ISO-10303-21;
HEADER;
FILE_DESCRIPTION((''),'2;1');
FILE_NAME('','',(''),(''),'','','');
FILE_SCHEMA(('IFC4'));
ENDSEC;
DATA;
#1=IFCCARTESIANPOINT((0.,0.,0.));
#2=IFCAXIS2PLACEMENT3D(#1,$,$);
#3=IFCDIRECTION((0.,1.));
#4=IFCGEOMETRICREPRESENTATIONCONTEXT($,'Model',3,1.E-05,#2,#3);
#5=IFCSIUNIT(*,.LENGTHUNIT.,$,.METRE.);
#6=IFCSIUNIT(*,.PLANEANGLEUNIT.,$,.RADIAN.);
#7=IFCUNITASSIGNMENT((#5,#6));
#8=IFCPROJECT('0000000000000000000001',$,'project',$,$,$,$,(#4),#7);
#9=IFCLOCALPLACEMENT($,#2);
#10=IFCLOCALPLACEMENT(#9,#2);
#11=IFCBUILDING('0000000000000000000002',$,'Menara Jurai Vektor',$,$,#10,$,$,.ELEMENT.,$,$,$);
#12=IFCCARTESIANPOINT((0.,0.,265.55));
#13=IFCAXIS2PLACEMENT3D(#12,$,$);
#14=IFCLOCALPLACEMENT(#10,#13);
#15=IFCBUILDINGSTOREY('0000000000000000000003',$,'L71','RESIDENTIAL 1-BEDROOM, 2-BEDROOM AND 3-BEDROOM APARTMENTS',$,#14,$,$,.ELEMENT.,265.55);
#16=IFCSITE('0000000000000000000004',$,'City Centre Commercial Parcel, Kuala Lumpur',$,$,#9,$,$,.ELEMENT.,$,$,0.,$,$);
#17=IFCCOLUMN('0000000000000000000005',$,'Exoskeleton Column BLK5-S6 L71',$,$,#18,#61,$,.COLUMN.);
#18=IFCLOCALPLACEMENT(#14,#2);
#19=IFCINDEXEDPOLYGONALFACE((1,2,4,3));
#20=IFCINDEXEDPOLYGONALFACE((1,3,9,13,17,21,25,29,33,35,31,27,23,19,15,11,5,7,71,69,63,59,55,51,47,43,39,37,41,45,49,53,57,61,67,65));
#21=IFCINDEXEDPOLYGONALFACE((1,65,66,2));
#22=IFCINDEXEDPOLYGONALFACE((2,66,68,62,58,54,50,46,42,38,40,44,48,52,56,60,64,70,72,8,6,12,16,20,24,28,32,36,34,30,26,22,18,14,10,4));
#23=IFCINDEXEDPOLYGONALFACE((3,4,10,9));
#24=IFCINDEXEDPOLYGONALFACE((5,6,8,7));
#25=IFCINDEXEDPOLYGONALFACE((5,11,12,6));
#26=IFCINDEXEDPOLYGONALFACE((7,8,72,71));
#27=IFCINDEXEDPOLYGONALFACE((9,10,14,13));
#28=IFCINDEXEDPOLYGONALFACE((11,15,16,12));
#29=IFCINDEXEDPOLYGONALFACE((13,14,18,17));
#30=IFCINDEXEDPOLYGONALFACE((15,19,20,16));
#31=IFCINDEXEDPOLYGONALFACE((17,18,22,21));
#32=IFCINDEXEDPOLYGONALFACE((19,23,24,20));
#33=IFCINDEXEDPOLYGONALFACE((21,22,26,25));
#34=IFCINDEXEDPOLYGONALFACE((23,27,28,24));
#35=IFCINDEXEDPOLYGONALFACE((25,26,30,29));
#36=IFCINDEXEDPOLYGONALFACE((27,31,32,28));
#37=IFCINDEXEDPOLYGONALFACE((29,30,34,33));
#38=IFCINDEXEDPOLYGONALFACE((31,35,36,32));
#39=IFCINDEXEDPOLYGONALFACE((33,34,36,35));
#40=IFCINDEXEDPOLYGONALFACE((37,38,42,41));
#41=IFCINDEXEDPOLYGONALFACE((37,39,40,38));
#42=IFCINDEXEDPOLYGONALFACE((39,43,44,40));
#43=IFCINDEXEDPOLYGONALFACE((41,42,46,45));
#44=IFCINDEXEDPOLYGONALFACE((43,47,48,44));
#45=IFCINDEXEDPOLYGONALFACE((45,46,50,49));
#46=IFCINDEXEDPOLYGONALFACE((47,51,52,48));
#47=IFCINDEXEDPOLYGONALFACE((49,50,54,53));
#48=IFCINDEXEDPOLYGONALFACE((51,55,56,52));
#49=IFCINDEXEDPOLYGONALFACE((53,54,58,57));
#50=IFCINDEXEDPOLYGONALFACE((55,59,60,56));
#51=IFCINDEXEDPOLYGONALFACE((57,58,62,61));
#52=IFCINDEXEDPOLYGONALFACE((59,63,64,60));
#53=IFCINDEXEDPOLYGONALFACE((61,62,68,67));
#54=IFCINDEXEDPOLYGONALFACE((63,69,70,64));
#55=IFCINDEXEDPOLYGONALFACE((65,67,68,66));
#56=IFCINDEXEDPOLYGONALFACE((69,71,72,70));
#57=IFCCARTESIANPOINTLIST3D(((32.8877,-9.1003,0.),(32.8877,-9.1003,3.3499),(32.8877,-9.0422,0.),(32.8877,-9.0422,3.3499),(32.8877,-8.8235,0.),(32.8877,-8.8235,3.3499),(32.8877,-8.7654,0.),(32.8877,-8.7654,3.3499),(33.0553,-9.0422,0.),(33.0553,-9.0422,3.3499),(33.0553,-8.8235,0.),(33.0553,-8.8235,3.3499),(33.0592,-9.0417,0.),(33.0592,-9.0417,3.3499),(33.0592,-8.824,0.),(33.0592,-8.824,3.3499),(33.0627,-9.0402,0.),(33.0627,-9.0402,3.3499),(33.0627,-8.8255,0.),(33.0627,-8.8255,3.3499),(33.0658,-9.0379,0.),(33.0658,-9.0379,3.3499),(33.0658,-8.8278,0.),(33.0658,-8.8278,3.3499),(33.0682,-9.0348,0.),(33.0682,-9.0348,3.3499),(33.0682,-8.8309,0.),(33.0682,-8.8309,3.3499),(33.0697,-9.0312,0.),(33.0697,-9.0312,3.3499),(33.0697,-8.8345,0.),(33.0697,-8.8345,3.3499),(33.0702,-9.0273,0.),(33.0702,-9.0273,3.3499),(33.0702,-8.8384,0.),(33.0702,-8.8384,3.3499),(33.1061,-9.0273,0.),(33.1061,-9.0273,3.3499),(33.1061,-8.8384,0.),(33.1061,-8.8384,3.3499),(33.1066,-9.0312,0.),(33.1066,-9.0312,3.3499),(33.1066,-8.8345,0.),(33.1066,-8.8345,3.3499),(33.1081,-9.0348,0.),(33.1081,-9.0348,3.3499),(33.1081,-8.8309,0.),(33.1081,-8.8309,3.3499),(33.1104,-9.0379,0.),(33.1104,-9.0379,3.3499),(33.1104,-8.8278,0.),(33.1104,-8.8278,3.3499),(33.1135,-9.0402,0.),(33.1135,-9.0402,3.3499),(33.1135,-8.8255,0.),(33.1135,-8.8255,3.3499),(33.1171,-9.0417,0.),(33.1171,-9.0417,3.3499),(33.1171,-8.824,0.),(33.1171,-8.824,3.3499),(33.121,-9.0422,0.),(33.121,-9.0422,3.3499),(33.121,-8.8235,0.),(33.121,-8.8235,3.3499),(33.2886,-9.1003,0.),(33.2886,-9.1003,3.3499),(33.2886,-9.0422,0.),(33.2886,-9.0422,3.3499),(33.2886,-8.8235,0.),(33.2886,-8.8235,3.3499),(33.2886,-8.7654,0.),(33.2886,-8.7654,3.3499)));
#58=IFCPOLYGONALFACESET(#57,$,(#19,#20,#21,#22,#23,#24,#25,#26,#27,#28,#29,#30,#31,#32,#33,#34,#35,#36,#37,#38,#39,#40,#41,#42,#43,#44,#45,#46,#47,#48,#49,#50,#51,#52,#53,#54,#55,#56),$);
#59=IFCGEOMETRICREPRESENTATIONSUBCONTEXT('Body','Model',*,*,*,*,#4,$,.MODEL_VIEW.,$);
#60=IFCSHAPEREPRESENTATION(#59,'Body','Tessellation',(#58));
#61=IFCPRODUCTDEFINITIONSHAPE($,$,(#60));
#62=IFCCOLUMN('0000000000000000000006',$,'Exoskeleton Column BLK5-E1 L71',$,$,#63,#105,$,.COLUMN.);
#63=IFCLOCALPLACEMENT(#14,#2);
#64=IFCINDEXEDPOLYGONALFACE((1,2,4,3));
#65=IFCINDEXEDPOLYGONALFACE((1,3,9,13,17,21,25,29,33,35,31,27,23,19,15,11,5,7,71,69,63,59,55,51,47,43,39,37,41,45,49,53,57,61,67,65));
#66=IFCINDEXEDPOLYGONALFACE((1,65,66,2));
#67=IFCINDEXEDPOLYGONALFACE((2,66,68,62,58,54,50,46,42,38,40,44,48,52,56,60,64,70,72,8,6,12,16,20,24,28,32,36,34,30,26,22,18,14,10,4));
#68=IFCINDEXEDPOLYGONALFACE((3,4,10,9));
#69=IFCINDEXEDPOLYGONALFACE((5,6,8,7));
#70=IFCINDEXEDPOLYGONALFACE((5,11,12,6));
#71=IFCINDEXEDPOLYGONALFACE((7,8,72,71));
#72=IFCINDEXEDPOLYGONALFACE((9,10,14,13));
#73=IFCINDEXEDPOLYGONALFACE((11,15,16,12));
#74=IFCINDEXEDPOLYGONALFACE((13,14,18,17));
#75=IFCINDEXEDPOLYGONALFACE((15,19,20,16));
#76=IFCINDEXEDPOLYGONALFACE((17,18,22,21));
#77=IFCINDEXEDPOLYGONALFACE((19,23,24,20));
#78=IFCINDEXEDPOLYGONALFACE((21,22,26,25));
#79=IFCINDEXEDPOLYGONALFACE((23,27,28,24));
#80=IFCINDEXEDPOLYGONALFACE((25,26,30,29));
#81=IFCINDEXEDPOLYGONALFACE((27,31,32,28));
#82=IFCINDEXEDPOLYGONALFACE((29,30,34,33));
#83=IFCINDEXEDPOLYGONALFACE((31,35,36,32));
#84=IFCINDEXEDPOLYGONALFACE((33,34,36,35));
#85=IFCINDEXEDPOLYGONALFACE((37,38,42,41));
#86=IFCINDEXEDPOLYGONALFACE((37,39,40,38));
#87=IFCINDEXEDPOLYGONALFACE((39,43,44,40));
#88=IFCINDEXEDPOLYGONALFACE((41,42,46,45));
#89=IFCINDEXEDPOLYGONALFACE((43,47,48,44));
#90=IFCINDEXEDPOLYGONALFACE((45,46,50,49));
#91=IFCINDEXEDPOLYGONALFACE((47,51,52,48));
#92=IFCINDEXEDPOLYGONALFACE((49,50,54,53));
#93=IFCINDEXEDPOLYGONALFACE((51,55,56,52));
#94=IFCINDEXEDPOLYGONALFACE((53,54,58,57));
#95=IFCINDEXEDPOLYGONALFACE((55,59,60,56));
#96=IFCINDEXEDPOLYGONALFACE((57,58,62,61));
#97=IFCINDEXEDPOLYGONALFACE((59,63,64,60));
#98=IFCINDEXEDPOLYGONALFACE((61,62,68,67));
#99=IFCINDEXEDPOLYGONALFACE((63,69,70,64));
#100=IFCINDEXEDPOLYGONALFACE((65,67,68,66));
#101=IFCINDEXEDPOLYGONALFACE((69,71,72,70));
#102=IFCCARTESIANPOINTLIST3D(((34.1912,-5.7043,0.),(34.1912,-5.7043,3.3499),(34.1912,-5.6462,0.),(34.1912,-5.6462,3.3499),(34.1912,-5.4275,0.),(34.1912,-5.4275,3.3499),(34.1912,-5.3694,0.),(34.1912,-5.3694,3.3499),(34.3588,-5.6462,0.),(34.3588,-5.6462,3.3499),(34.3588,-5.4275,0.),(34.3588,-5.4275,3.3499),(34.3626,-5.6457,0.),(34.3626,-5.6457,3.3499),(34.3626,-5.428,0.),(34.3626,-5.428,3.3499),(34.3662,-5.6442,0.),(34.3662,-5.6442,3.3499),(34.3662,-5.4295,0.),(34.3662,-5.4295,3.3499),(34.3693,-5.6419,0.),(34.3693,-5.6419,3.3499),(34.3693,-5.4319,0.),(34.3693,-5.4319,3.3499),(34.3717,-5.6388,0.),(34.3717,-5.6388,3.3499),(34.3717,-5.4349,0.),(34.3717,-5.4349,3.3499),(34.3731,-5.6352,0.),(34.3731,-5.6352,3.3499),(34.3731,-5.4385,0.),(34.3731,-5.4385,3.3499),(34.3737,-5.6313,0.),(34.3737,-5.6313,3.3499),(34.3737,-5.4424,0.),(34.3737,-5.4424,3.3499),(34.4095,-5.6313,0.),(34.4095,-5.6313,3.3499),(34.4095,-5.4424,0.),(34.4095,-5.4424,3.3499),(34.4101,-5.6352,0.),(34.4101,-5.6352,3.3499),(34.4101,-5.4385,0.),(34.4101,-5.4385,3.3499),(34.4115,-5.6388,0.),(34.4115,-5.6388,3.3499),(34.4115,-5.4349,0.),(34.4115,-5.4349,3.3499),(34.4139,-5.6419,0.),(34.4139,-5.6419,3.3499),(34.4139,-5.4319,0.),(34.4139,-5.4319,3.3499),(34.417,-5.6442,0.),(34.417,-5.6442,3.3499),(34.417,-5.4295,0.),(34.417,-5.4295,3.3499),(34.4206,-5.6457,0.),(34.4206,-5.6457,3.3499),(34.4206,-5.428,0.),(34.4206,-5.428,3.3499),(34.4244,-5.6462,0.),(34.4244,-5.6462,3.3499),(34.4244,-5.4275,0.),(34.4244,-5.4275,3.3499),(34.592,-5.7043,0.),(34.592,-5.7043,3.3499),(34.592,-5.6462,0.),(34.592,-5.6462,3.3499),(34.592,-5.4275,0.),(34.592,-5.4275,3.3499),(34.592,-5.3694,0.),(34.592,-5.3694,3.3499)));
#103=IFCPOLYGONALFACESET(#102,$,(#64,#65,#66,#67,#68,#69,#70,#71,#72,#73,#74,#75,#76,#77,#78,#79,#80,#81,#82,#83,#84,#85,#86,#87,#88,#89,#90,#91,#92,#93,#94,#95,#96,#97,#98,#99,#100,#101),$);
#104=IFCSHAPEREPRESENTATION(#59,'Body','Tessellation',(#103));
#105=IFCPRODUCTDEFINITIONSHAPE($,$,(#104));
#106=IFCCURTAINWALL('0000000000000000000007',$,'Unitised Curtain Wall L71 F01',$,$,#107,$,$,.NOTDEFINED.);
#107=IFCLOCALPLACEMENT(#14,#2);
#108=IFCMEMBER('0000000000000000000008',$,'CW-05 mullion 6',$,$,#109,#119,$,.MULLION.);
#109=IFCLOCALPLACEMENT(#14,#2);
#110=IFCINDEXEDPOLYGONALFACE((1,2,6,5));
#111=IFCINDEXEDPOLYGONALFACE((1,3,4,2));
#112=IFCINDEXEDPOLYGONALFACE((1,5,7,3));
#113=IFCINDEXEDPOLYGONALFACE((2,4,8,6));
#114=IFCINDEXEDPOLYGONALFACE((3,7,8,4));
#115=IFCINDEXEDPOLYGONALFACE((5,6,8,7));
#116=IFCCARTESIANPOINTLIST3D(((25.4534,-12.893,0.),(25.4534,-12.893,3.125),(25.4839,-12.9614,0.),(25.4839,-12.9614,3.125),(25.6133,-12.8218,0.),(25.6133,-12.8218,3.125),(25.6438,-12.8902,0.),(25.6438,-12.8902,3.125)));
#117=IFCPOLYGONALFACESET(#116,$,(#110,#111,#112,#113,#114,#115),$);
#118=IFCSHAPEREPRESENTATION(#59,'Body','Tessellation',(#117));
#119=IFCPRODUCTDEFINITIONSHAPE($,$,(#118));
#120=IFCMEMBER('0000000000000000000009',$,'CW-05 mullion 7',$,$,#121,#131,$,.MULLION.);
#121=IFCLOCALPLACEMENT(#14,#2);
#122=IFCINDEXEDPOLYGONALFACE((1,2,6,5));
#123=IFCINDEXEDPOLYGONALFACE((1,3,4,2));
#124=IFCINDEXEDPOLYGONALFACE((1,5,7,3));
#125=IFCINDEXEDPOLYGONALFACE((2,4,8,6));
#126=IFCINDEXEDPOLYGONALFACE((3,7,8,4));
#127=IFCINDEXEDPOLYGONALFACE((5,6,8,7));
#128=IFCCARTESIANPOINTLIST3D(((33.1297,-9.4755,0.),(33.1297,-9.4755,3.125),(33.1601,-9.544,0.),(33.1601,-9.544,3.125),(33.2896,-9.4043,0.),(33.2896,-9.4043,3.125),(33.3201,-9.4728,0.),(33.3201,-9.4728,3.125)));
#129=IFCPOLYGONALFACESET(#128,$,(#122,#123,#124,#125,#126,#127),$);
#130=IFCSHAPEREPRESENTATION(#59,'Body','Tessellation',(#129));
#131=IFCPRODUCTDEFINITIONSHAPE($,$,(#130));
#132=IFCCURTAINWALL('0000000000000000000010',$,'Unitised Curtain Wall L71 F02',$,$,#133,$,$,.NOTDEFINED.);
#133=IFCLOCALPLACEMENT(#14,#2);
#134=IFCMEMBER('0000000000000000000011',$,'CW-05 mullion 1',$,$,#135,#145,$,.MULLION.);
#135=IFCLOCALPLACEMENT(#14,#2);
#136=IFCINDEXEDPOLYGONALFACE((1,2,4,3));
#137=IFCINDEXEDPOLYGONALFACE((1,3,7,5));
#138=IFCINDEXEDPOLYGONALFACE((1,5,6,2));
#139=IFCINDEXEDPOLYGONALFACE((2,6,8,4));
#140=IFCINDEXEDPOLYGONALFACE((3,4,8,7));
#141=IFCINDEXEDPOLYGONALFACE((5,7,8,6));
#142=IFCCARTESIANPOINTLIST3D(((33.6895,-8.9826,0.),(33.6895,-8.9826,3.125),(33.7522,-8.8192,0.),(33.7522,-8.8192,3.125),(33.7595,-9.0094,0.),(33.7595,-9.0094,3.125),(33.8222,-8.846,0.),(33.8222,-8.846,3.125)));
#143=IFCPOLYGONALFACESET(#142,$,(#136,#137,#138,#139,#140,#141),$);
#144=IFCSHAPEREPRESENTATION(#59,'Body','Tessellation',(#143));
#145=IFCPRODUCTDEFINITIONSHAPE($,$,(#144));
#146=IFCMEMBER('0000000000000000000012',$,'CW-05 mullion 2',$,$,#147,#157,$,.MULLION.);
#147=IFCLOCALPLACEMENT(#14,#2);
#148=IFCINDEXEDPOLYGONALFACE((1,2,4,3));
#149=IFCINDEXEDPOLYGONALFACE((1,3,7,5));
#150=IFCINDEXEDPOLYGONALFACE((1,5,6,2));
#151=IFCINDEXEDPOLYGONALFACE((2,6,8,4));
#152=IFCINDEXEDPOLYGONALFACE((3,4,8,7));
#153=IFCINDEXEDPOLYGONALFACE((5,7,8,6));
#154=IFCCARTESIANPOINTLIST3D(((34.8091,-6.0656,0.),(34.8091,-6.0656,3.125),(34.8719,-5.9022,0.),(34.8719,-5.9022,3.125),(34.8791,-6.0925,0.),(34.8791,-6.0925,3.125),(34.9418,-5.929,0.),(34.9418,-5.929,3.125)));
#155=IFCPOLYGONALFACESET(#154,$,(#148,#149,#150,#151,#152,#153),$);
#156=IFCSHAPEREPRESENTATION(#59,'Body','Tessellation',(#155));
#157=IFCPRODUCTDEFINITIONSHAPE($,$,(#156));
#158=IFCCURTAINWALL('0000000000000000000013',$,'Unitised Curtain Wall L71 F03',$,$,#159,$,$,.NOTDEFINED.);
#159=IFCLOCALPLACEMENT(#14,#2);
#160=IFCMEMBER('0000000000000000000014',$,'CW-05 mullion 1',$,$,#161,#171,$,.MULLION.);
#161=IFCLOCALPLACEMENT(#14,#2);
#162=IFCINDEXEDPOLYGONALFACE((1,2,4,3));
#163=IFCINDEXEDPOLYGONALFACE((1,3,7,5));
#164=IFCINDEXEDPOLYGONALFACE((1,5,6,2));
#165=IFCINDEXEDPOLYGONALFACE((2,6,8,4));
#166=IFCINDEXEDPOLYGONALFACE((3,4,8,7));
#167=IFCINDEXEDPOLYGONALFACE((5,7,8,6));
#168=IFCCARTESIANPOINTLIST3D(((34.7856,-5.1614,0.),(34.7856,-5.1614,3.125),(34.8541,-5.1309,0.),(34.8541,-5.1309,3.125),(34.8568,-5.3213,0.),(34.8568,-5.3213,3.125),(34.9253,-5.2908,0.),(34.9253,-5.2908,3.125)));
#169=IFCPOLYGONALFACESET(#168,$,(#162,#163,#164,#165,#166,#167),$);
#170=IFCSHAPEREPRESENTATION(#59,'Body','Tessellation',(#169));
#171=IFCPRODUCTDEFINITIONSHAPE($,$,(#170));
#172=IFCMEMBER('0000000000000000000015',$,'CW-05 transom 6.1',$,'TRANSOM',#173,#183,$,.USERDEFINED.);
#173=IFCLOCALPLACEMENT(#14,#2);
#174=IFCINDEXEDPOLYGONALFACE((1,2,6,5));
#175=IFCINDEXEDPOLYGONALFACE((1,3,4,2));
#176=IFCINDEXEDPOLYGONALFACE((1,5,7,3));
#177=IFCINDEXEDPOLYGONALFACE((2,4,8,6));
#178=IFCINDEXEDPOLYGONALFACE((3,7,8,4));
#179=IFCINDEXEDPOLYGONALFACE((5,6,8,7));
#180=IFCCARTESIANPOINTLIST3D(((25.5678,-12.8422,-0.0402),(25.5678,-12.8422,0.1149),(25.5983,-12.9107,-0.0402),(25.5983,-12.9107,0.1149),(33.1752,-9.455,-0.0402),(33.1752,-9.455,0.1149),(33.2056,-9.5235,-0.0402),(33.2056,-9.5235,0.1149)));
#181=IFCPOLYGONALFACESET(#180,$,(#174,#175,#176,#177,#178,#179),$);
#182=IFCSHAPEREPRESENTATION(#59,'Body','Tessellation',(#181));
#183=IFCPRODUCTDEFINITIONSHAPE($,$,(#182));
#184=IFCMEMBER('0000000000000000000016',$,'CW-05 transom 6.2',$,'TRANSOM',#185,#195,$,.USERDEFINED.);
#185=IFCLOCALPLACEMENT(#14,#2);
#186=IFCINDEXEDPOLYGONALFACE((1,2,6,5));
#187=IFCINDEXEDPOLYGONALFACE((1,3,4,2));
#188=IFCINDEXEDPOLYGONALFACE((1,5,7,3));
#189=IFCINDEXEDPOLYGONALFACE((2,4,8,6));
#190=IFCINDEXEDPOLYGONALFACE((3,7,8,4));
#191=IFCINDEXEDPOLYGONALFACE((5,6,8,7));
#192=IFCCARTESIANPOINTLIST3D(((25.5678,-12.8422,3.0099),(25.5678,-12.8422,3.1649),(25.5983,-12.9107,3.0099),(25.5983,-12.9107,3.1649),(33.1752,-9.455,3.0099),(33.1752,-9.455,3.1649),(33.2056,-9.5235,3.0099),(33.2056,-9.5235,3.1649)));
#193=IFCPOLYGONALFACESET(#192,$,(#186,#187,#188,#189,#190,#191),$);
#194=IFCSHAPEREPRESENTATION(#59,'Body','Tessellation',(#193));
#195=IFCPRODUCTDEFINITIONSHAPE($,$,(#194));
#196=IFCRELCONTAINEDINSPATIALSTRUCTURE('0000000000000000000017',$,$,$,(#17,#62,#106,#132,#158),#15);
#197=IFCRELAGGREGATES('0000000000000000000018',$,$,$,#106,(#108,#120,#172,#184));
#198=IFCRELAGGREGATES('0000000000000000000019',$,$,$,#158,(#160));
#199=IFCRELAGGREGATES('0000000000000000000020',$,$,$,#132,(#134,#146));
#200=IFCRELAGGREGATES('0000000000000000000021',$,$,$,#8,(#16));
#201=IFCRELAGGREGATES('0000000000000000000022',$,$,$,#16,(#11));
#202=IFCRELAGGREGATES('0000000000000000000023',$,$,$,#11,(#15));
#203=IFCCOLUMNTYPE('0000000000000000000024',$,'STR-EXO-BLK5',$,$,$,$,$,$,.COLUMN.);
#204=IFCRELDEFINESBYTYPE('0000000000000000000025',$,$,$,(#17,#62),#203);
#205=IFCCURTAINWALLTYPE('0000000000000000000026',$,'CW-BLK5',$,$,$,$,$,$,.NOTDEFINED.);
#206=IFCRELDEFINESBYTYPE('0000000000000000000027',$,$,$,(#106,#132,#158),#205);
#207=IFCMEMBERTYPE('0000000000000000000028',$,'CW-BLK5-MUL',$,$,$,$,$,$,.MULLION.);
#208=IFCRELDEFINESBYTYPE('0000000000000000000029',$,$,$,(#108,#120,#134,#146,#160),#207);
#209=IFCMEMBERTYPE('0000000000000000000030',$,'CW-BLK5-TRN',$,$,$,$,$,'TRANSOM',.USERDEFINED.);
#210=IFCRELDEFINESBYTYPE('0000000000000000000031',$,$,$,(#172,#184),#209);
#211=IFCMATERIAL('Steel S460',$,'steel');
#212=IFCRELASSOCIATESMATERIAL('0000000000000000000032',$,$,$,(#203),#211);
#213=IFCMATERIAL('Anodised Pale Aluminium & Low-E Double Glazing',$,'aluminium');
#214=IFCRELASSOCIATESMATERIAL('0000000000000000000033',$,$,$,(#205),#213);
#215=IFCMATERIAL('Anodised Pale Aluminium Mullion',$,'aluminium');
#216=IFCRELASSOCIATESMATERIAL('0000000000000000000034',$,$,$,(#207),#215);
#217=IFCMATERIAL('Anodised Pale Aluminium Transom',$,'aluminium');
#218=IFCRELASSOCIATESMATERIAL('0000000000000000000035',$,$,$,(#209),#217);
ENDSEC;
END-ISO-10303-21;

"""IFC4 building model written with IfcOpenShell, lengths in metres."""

from ifc_helpers import new_model, si_unit, direction, frame, origin, origin_2d, place, context, subcontext, project, spatial, rectangle, i_section, extrude, material, material_profile, profile_set, type_object, element, aggregate, save


model = new_model("IFC4")

# Units and contexts
model_context = context("Model", 3, precision=1e-05, world=origin(), true_north=direction((0.0, 1.0)))
body_context = subcontext(model_context, "Body", "Model", "MODEL_VIEW")
ifc_project = project(units=[si_unit("LENGTHUNIT", "METRE"), si_unit("PLANEANGLEUNIT", "RADIAN")], contexts=[model_context])

# Site, building, storey
site_placement = place(None, origin())
site = spatial("IfcSite", under=ifc_project, at=site_placement, Name="City Centre Commercial Parcel, Kuala Lumpur", CompositionType="ELEMENT", RefElevation=0.0)
building_placement = place(site_placement, origin())
building = spatial("IfcBuilding", under=site, at=building_placement, Name="Menara Jurai Vektor", CompositionType="ELEMENT")
storey_placement = place(building_placement, frame((0.0, 0.0, 265.55)))
storey = spatial("IfcBuildingStorey", under=building, at=storey_placement, Name="L71", Description="RESIDENTIAL 1-BEDROOM, 2-BEDROOM AND 3-BEDROOM APARTMENTS", CompositionType="ELEMENT", Elevation=265.55)

# Columns
ifc_material_1 = material(Name="Steel S460", Category="steel")
ifc_material_profile_1 = material_profile(ifc_material_1, i_section(OverallWidth=0.4009, OverallDepth=0.335, WebThickness=0.0359, FlangeThickness=0.0581, FilletRadius=0.0149, at=origin_2d()), Name="HD 400x463")
ifc_profile_set_1 = profile_set([ifc_material_profile_1], Name="Steel S460")
column_type = type_object("IfcColumnType", Name="STR-EXO-BLK5", PredefinedType="COLUMN", material=ifc_profile_set_1)
for number, where, z_axis, x_axis, name in (
    (1, (33.0881, -8.9329, 0.0), (0.0, 0.0, 1.0), (1.0, 0.0, 0.0), "Exoskeleton Column BLK5-S6 L71"),
    (2, (34.3916, -5.5369, 0.0), (0.0, 0.0, 1.0), (1.0, 0.0, 0.0), "Exoskeleton Column BLK5-E1 L71"),
):
    element("IfcColumn", number, at=place(storey_placement, frame(where, z_axis=z_axis, x_axis=x_axis)), inside=storey, type_object=column_type, Name=name, PredefinedType="COLUMN", context=body_context, shape_type="SweptSolid", body=[
        extrude(i_section(OverallWidth=0.4009, OverallDepth=0.335, WebThickness=0.0359, FlangeThickness=0.0581, FilletRadius=0.0149, at=origin_2d()), origin(), (0.0, 0.0, 1.0), 3.3499),
    ])

# Curtain walls, members
ifc_material_2 = material(Name="Anodised Pale Aluminium & Low-E Double Glazing", Category="aluminium")
curtain_wall_type = type_object("IfcCurtainWallType", Name="CW-BLK5", PredefinedType="NOTDEFINED", material=ifc_material_2)
curtain_wall_1_placement = place(storey_placement, origin())
curtain_wall_1 = element("IfcCurtainWall", 3, at=curtain_wall_1_placement, inside=storey, type_object=curtain_wall_type, Name="Unitised Curtain Wall L71 F01", PredefinedType="NOTDEFINED")
ifc_material_3 = material(Name="Anodised Pale Aluminium Mullion", Category="aluminium")
ifc_material_profile_2 = material_profile(ifc_material_3, rectangle(XDim=0.075, YDim=0.175, at=origin_2d()), Name="ALU MUL 75x175")
ifc_profile_set_2 = profile_set([ifc_material_profile_2], Name="Anodised Pale Aluminium Mullion")
member_type_1 = type_object("IfcMemberType", Name="CW-BLK5-MUL", PredefinedType="MULLION", material=ifc_profile_set_2)
member_1_placement = place(storey_placement, frame((25.5486, -12.8916, 0.0), z_axis=(0.0, 0.0, 1.0), x_axis=(-0.406735, 0.913546, 0.0)))
member_1 = element("IfcMember", 4, at=member_1_placement, type_object=member_type_1, Name="CW-05 mullion 6", PredefinedType="MULLION", context=body_context, shape_type="SweptSolid", body=[
    extrude(rectangle(XDim=0.075, YDim=0.175, at=origin_2d()), origin(), (0.0, 0.0, 1.0), 3.125),
])
member_2_placement = place(storey_placement, frame((33.2249, -9.4741, 0.0), z_axis=(0.0, 0.0, 1.0), x_axis=(-0.406735, 0.913546, 0.0)))
member_2 = element("IfcMember", 5, at=member_2_placement, type_object=member_type_1, Name="CW-05 mullion 7", PredefinedType="MULLION", context=body_context, shape_type="SweptSolid", body=[
    extrude(rectangle(XDim=0.075, YDim=0.175, at=origin_2d()), origin(), (0.0, 0.0, 1.0), 3.125),
])
curtain_wall_2_placement = place(storey_placement, origin())
curtain_wall_2 = element("IfcCurtainWall", 6, at=curtain_wall_2_placement, inside=storey, type_object=curtain_wall_type, Name="Unitised Curtain Wall L71 F02", PredefinedType="NOTDEFINED")
member_3_placement = place(storey_placement, frame((33.7559, -8.9143, 0.0), z_axis=(0.0, 0.0, 1.0), x_axis=(-0.933578, 0.358374, 0.0)))
member_3 = element("IfcMember", 7, at=member_3_placement, type_object=member_type_1, Name="CW-05 mullion 1", PredefinedType="MULLION", context=body_context, shape_type="SweptSolid", body=[
    extrude(rectangle(XDim=0.075, YDim=0.175, at=origin_2d()), origin(), (0.0, 0.0, 1.0), 3.125),
])
member_4_placement = place(storey_placement, frame((34.8755, -5.9973, 0.0), z_axis=(0.0, 0.0, 1.0), x_axis=(-0.933578, 0.358374, 0.0)))
member_4 = element("IfcMember", 8, at=member_4_placement, type_object=member_type_1, Name="CW-05 mullion 2", PredefinedType="MULLION", context=body_context, shape_type="SweptSolid", body=[
    extrude(rectangle(XDim=0.075, YDim=0.175, at=origin_2d()), origin(), (0.0, 0.0, 1.0), 3.125),
])

# Curtain wall, member
curtain_wall_3_placement = place(storey_placement, origin())
curtain_wall_3 = element("IfcCurtainWall", 9, at=curtain_wall_3_placement, inside=storey, type_object=curtain_wall_type, Name="Unitised Curtain Wall L71 F03", PredefinedType="NOTDEFINED")
member_5_placement = place(storey_placement, frame((34.8555, -5.2261, 0.0), z_axis=(0.0, 0.0, 1.0), x_axis=(-0.913546, -0.406735, 0.0)))
member_5 = element("IfcMember", 10, at=member_5_placement, type_object=member_type_1, Name="CW-05 mullion 1", PredefinedType="MULLION", context=body_context, shape_type="SweptSolid", body=[
    extrude(rectangle(XDim=0.075, YDim=0.175, at=origin_2d()), origin(), (0.0, 0.0, 1.0), 3.125),
])

# Members
ifc_material_4 = material(Name="Anodised Pale Aluminium Transom", Category="aluminium")
ifc_material_profile_3 = material_profile(ifc_material_4, rectangle(XDim=0.075, YDim=0.155, at=origin_2d()), Name="ALU TRN 75x155")
ifc_profile_set_3 = profile_set([ifc_material_profile_3], Name="Anodised Pale Aluminium Transom")
member_type_2 = type_object("IfcMemberType", Name="CW-BLK5-TRN", ElementType="TRANSOM", PredefinedType="USERDEFINED", material=ifc_profile_set_3)
member_6_placement = place(storey_placement, frame((25.583, -12.8765, 0.0374), z_axis=(0.913538, 0.406753, 0.0), x_axis=(-0.406753, 0.913538, 0.0)))
member_6 = element("IfcMember", 11, at=member_6_placement, type_object=member_type_2, Name="CW-05 transom 6.1", ObjectType="TRANSOM", PredefinedType="USERDEFINED", context=body_context, shape_type="SweptSolid", body=[
    extrude(rectangle(XDim=0.075, YDim=0.155, at=origin_2d()), origin(), (0.0, 0.0, 1.0), 8.3274),
])
member_7_placement = place(storey_placement, frame((25.583, -12.8765, 3.0874), z_axis=(0.913538, 0.406753, 0.0), x_axis=(-0.406753, 0.913538, 0.0)))
member_7 = element("IfcMember", 12, at=member_7_placement, type_object=member_type_2, Name="CW-05 transom 6.2", ObjectType="TRANSOM", PredefinedType="USERDEFINED", context=body_context, shape_type="SweptSolid", body=[
    extrude(rectangle(XDim=0.075, YDim=0.155, at=origin_2d()), origin(), (0.0, 0.0, 1.0), 8.3274),
])

aggregate(curtain_wall_1, [member_1, member_2, member_6, member_7])
aggregate(curtain_wall_3, [member_5])
aggregate(curtain_wall_2, [member_3, member_4])

save(model, "model.ifc")
